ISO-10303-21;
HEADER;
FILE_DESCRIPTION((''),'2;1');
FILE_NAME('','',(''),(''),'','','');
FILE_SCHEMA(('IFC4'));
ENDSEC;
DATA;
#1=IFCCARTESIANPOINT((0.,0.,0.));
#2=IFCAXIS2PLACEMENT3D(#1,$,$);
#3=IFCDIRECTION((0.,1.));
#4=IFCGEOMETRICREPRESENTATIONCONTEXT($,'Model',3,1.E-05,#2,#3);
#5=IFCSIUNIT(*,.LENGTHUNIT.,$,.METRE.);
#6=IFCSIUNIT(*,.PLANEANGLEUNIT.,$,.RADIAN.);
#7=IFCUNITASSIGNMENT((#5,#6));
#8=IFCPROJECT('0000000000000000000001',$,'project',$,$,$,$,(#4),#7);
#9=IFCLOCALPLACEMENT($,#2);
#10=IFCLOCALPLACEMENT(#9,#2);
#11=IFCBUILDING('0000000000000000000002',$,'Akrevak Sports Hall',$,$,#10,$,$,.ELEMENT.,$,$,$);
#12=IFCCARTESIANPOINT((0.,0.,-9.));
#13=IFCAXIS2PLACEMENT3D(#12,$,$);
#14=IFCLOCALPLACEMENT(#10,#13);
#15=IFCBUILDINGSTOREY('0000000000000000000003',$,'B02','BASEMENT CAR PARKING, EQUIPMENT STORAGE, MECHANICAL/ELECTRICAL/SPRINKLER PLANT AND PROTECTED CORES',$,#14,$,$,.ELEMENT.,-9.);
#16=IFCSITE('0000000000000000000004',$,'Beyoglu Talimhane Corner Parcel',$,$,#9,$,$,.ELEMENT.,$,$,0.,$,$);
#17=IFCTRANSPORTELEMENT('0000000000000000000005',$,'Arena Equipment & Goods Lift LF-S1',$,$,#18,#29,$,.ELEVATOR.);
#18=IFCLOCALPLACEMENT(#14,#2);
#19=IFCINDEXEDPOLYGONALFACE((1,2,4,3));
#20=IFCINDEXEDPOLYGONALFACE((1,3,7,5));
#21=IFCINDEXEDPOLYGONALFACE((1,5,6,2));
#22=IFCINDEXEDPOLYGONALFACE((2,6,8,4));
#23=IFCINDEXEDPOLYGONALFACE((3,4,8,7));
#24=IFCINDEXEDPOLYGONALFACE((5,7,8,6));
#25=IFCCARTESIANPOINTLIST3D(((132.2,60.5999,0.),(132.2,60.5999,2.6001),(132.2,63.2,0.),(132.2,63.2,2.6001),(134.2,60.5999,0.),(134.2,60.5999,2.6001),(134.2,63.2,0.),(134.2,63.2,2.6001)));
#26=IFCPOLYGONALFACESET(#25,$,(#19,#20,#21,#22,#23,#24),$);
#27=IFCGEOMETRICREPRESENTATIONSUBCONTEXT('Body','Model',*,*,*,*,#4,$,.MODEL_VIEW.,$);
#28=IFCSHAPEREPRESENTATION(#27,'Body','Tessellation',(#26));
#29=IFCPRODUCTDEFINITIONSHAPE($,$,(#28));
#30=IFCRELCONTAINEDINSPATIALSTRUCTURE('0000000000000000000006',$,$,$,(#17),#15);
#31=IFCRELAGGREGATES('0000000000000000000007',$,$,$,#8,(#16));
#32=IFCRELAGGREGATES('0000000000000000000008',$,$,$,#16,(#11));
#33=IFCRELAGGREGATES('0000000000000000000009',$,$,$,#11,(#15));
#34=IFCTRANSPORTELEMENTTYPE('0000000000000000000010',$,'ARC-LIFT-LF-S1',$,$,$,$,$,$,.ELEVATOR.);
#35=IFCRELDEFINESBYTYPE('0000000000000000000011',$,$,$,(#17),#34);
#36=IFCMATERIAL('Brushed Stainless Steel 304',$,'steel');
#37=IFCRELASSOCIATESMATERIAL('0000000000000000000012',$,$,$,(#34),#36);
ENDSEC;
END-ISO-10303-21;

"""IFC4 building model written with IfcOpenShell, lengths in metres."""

from ifc_helpers import new_model, si_unit, direction, frame, origin, origin_2d, place, context, subcontext, project, spatial, rectangle, extrude, material, type_object, element, save


model = new_model("IFC4")

# Units and contexts
model_context = context("Model", 3, precision=1e-05, world=origin(), true_north=direction((0.0, 1.0)))
body_context = subcontext(model_context, "Body", "Model", "MODEL_VIEW")
ifc_project = project(units=[si_unit("LENGTHUNIT", "METRE"), si_unit("PLANEANGLEUNIT", "RADIAN")], contexts=[model_context])

# Site, building, storey
site_placement = place(None, origin())
site = spatial("IfcSite", under=ifc_project, at=site_placement, Name="Beyoglu Talimhane Corner Parcel", CompositionType="ELEMENT", RefElevation=0.0)
building_placement = place(site_placement, origin())
building = spatial("IfcBuilding", under=site, at=building_placement, Name="Akrevak Sports Hall", CompositionType="ELEMENT")
storey_placement = place(building_placement, frame((0.0, 0.0, -9.0)))
storey = spatial("IfcBuildingStorey", under=building, at=storey_placement, Name="B02", Description="BASEMENT CAR PARKING, EQUIPMENT STORAGE, MECHANICAL/ELECTRICAL/SPRINKLER PLANT AND PROTECTED CORES", CompositionType="ELEMENT", Elevation=-9.0)

# Shared definitions
ifc_material_1 = material(Name="Brushed Stainless Steel 304", Category="steel")

# Transport element
transport_element_type = type_object("IfcTransportElementType", Name="ARC-LIFT-LF-S1", PredefinedType="ELEVATOR", material=ifc_material_1)
transport_element_placement = place(storey_placement, frame((133.2, 61.8999, 0.0), z_axis=(0.0, 0.0, 1.0), x_axis=(1.0, 0.0, 0.0)))
element("IfcTransportElement", 1, at=transport_element_placement, inside=storey, type_object=transport_element_type, Name="Arena Equipment & Goods Lift LF-S1", PredefinedType="ELEVATOR", context=body_context, shape_type="SweptSolid", body=[
    extrude(rectangle(XDim=2.0, YDim=2.6001, at=origin_2d()), origin(), (0.0, 0.0, 1.0), 2.6001),
])

save(model, "model.ifc")
